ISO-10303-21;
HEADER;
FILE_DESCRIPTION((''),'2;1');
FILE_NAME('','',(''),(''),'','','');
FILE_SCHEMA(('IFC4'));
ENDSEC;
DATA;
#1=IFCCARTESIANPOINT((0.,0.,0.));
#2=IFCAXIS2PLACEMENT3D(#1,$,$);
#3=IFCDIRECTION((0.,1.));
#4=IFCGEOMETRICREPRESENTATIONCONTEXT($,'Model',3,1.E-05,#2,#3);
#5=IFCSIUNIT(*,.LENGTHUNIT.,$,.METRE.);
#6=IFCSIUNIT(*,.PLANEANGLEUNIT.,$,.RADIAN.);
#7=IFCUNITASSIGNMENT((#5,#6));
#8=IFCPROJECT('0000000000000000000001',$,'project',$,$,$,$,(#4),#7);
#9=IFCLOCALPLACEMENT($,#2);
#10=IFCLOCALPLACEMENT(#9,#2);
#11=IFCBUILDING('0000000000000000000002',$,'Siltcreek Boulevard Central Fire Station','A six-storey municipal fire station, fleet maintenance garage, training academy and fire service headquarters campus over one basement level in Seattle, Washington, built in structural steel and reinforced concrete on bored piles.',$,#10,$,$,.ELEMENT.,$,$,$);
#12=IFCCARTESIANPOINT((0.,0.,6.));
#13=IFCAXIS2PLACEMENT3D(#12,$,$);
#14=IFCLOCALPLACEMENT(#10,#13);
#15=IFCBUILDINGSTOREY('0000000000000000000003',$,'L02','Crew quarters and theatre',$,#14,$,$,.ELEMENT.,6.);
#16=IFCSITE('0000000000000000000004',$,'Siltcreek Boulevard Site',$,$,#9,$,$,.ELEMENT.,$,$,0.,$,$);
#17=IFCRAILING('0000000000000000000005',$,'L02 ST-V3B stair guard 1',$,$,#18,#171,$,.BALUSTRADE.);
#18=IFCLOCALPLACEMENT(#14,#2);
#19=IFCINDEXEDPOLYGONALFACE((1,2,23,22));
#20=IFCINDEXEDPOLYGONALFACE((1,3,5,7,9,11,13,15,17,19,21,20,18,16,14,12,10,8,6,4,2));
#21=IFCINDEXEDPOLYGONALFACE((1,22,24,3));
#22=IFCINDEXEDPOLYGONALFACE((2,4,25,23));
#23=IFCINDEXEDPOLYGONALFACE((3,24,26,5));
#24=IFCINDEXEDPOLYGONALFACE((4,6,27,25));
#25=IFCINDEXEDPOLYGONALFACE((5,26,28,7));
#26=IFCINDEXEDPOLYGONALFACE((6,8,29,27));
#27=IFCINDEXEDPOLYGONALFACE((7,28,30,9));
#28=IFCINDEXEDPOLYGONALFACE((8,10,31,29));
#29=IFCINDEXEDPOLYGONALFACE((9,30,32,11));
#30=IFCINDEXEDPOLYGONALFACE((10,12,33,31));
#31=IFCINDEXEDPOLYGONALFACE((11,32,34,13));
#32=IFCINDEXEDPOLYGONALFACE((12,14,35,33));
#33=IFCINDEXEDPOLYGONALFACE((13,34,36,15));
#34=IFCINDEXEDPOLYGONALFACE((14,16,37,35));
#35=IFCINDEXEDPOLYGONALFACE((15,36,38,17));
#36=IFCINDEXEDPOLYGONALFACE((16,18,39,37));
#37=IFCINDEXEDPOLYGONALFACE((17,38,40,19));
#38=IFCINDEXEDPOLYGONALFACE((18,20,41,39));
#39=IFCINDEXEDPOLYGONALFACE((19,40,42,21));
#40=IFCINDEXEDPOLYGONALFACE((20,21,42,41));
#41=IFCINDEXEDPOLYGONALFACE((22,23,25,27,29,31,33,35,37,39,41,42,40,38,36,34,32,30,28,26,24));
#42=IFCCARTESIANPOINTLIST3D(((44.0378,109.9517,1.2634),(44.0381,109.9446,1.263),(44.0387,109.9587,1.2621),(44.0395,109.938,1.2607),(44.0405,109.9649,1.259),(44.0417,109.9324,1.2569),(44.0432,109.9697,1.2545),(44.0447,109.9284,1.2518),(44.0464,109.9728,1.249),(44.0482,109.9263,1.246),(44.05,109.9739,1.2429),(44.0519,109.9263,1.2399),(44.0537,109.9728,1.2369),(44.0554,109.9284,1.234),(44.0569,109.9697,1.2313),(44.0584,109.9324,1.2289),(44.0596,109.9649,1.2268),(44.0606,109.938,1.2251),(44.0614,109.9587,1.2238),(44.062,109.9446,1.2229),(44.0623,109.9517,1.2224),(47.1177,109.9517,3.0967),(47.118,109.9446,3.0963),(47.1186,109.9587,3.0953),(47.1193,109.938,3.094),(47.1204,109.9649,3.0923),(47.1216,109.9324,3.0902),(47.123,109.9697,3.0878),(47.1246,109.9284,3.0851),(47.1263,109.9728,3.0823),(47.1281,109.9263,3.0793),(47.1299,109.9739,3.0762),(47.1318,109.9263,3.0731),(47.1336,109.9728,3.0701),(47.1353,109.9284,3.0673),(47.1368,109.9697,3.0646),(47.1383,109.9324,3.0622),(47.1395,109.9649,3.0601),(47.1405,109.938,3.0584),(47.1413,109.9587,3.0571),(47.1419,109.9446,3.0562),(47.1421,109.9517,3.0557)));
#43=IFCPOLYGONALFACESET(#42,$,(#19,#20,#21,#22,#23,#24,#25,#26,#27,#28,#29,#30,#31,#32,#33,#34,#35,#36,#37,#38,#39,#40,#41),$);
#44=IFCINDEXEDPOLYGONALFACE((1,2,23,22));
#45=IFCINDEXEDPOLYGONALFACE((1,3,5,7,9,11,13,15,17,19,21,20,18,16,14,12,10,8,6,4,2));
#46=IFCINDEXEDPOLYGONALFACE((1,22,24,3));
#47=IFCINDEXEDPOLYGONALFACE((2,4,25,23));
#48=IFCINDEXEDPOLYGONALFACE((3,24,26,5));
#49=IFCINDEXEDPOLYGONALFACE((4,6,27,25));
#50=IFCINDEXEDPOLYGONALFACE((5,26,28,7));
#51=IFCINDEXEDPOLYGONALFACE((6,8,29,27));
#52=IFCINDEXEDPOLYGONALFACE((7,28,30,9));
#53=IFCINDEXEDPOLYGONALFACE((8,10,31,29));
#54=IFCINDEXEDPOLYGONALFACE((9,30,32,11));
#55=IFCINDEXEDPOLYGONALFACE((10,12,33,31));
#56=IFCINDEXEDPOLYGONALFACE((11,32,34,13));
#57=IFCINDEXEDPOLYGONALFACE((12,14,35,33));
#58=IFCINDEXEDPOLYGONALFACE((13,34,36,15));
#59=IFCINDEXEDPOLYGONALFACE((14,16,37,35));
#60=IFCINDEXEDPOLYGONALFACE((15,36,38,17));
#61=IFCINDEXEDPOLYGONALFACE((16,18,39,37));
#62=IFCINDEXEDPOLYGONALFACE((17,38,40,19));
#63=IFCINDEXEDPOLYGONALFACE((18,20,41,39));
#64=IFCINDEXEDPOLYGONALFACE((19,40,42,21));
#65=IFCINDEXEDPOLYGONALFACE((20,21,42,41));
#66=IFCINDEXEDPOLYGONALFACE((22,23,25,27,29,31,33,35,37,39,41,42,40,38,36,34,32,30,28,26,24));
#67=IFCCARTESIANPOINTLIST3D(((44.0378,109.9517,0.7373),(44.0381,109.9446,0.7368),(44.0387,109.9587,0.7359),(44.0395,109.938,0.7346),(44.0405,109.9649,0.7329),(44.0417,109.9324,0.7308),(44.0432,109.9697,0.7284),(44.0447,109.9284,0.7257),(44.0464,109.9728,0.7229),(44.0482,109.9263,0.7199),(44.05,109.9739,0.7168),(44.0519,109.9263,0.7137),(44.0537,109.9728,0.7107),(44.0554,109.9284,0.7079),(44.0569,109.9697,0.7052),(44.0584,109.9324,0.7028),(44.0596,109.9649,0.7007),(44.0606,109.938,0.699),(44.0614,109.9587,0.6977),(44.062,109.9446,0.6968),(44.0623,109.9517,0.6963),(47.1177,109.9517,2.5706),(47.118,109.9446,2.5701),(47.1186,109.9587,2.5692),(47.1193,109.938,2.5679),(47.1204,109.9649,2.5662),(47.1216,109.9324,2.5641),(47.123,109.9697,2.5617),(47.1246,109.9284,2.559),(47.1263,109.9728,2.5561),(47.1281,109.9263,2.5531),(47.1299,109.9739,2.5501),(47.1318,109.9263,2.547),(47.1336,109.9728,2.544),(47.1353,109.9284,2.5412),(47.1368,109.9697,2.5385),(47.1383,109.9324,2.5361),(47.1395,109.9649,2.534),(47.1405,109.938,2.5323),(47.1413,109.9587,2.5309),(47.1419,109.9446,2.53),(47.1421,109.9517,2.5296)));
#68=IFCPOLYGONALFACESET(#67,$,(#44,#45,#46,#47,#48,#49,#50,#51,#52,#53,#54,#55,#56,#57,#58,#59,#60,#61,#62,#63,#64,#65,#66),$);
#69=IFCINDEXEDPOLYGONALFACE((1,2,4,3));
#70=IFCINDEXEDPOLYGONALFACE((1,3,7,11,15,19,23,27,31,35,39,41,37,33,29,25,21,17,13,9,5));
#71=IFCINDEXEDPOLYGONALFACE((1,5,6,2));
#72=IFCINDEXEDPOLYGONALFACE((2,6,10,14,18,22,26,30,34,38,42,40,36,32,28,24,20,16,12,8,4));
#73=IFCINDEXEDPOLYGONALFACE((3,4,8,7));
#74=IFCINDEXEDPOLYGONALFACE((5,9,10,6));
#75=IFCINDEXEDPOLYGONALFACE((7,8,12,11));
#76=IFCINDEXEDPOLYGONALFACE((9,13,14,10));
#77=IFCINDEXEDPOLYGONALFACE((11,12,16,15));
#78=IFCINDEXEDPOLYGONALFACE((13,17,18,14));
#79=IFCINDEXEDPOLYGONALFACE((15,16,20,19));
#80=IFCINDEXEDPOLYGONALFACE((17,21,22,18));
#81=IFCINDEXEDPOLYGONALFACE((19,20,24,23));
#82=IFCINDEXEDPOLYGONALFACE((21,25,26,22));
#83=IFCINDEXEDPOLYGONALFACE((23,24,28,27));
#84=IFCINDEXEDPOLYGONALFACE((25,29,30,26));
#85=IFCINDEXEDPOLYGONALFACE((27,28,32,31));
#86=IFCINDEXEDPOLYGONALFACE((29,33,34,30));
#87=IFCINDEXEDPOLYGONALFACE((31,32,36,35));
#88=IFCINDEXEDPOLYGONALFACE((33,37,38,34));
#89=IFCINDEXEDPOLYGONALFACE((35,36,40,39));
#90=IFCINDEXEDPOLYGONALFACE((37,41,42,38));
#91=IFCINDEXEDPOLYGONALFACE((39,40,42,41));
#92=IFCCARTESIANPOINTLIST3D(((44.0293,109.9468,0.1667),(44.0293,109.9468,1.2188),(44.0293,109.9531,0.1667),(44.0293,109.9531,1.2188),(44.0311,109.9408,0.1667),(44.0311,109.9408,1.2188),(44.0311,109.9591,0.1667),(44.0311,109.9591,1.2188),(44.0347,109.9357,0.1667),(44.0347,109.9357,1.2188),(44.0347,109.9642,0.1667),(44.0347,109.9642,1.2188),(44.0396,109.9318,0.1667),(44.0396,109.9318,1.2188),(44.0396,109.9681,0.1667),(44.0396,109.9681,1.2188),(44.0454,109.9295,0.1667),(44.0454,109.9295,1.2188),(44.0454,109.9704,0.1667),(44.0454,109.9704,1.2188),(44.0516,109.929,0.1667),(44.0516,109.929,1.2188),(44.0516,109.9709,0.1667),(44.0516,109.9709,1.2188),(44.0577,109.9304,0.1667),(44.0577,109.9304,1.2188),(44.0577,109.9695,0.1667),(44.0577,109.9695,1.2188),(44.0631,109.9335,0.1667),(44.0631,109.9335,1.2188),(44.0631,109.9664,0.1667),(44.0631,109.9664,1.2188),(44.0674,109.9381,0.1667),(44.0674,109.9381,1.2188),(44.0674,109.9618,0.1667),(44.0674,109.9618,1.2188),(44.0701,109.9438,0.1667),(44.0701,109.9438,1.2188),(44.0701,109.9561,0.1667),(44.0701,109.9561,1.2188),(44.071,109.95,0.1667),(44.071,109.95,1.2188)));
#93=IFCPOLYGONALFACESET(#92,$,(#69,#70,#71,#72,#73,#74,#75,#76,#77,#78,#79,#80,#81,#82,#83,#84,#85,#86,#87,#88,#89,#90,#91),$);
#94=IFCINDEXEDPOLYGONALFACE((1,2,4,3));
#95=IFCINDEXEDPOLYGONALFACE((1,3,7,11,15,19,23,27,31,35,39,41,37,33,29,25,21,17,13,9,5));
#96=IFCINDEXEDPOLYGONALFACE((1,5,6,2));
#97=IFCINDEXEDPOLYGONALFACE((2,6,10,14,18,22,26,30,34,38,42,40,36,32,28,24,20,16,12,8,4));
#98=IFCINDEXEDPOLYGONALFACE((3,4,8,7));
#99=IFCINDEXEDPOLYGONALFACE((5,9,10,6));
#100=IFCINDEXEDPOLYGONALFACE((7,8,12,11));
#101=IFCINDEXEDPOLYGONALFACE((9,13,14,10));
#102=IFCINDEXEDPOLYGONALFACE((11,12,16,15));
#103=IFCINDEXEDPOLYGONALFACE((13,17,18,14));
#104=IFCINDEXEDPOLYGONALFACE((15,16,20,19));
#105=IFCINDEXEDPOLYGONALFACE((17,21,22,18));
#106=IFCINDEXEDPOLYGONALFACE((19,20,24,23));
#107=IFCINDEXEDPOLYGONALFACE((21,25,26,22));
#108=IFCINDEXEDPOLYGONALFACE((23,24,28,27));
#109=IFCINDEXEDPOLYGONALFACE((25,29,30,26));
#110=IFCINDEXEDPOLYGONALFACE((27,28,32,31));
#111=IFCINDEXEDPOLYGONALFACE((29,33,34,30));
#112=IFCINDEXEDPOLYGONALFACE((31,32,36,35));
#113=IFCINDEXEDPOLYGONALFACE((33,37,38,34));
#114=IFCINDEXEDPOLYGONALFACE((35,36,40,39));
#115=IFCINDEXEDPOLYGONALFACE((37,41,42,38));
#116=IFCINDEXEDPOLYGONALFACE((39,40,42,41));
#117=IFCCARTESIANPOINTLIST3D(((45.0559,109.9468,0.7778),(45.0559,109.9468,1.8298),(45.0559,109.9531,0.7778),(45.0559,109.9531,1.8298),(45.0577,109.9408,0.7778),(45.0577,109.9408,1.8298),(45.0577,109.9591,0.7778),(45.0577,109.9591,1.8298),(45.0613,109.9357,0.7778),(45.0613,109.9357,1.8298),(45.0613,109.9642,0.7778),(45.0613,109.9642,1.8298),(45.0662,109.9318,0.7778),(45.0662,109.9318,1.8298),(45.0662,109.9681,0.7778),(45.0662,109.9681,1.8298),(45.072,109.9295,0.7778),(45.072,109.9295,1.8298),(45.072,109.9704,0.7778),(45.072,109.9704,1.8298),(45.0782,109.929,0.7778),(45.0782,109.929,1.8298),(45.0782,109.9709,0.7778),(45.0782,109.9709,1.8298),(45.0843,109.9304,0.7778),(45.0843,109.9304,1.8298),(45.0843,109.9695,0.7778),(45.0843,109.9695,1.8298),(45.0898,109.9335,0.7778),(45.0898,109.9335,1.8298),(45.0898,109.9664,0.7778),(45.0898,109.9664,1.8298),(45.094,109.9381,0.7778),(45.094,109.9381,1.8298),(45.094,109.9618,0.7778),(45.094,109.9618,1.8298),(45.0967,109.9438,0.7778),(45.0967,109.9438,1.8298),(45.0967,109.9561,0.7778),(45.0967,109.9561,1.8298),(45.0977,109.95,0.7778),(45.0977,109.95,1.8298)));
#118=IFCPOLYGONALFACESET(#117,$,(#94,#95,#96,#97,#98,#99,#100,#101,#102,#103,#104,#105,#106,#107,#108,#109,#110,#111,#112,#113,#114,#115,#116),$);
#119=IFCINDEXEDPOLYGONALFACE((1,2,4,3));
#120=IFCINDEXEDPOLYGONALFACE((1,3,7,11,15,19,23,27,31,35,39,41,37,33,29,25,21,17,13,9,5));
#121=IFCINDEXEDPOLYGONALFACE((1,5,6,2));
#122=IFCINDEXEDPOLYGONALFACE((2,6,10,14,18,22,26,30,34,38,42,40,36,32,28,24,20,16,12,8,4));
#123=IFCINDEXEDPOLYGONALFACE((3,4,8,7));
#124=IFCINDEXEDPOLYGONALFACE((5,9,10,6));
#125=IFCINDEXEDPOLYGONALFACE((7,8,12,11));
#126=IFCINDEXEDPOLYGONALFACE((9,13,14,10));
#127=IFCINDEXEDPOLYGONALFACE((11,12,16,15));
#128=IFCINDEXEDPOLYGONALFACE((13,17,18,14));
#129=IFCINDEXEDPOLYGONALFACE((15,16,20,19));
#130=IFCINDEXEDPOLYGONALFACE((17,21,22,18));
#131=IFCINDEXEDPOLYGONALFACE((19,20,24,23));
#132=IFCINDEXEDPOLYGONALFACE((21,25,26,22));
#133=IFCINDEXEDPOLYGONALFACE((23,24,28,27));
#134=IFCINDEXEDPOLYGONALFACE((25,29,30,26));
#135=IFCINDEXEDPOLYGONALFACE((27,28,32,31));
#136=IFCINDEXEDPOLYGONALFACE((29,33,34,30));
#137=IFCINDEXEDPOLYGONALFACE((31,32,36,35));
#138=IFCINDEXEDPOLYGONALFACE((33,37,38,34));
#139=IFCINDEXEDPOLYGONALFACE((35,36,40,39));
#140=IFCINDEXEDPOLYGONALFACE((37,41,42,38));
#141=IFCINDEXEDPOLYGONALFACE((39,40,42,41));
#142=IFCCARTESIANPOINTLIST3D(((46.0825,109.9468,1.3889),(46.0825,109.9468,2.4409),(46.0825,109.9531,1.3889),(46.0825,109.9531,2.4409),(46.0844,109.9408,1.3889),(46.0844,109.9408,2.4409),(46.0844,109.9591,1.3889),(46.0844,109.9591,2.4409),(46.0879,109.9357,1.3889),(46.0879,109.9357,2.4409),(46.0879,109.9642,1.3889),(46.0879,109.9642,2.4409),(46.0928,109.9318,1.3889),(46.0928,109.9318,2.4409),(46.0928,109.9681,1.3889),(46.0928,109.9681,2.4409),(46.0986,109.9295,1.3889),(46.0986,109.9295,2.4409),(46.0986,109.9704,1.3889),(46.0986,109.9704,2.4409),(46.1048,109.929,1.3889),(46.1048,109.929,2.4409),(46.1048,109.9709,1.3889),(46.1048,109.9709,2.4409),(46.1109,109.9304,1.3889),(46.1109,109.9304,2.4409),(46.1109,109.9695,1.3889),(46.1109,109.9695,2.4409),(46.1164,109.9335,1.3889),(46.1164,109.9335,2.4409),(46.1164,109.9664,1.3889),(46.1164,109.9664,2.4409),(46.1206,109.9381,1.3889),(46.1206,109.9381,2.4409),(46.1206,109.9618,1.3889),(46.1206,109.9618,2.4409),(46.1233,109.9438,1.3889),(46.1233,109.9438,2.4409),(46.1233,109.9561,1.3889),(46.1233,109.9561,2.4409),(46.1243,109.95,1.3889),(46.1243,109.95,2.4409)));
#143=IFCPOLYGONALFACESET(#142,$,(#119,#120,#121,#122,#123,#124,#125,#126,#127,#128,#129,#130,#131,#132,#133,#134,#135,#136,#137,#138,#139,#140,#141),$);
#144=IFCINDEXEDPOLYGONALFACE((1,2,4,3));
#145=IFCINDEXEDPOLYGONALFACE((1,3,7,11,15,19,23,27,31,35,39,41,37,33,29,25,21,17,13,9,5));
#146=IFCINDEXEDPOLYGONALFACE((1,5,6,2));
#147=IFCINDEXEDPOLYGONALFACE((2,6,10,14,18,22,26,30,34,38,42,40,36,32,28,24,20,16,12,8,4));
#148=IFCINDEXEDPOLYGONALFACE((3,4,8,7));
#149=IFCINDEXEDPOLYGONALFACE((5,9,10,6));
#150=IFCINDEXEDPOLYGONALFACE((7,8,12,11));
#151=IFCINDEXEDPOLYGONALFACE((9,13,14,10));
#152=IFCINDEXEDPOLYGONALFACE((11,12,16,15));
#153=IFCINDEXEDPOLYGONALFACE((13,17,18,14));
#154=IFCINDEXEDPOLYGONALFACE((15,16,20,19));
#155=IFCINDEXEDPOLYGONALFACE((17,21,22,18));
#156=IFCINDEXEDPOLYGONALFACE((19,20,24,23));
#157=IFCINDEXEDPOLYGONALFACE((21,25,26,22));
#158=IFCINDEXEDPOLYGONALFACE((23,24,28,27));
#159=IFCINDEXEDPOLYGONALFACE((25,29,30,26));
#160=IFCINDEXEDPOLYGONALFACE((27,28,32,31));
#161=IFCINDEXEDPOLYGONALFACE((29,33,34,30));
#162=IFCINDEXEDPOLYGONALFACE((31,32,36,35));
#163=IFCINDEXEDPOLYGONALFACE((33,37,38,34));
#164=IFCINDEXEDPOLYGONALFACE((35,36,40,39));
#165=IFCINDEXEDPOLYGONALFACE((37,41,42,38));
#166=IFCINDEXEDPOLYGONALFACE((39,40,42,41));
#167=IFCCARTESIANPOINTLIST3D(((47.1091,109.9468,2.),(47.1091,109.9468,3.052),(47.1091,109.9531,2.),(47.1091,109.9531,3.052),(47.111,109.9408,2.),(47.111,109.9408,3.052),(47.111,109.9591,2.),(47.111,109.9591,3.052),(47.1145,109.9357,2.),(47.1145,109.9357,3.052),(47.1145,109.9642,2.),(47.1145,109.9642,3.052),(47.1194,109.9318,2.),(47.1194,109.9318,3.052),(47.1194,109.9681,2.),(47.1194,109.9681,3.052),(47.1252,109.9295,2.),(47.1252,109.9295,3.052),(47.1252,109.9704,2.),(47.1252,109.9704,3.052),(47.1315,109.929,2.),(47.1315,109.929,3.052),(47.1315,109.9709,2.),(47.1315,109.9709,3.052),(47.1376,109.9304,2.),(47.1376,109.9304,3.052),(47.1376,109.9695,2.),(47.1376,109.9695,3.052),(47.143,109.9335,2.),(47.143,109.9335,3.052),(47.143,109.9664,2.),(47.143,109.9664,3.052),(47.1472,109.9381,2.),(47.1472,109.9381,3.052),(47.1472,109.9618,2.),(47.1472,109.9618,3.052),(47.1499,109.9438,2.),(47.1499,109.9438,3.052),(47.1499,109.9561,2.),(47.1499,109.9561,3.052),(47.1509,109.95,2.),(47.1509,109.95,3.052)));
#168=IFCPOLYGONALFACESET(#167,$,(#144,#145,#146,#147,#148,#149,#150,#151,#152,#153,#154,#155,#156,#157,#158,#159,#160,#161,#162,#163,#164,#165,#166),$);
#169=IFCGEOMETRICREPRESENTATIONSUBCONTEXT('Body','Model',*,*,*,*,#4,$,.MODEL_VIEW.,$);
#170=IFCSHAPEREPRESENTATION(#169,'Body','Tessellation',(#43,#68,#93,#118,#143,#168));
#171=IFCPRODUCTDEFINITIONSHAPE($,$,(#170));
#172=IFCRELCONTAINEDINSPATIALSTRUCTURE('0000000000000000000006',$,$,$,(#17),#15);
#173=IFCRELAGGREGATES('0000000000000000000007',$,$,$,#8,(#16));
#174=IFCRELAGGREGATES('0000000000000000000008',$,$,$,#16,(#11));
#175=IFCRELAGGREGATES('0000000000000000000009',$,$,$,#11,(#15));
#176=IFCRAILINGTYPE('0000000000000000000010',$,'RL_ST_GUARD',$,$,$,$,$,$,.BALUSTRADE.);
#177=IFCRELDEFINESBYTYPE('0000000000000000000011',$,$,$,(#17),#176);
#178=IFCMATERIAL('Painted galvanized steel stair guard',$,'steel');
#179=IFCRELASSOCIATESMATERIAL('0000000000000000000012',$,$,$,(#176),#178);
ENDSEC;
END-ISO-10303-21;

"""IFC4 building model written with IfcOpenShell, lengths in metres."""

from ifc_helpers import new_model, si_unit, direction, frame, origin, origin_2d, place, context, subcontext, project, spatial, circle, extrude, material, type_object, element, save


model = new_model("IFC4")

# Units and contexts
model_context = context("Model", 3, precision=1e-05, world=origin(), true_north=direction((0.0, 1.0)))
body_context = subcontext(model_context, "Body", "Model", "MODEL_VIEW")
ifc_project = project(units=[si_unit("LENGTHUNIT", "METRE"), si_unit("PLANEANGLEUNIT", "RADIAN")], contexts=[model_context])

# Site, building, storey
site_placement = place(None, origin())
site = spatial("IfcSite", under=ifc_project, at=site_placement, Name="Siltcreek Boulevard Site", CompositionType="ELEMENT", RefElevation=0.0)
building_placement = place(site_placement, origin())
building = spatial("IfcBuilding", under=site, at=building_placement, Name="Siltcreek Boulevard Central Fire Station", Description="A six-storey municipal fire station, fleet maintenance garage, training academy and fire service headquarters campus over one basement level in Seattle, Washington, built in structural steel and reinforced concrete on bored piles.", CompositionType="ELEMENT")
storey_placement = place(building_placement, frame((0.0, 0.0, 6.0)))
storey = spatial("IfcBuildingStorey", under=building, at=storey_placement, Name="L02", Description="Crew quarters and theatre", CompositionType="ELEMENT", Elevation=6.0)

# Railing
ifc_material_1 = material(Name="Painted galvanized steel stair guard", Category="steel")
railing_type_1 = type_object("IfcRailingType", Name="RL_ST_GUARD", PredefinedType="BALUSTRADE", material=ifc_material_1)
railing_1_placement = place(storey_placement, frame((44.05, 109.95, 0.1667)))
element("IfcRailing", 1, at=railing_1_placement, inside=storey, type_object=railing_type_1, Name="L02 ST-V3B stair guard 1", PredefinedType="BALUSTRADE", context=body_context, shape_type="SweptSolid", body=[
    extrude(circle(Radius=0.0239, at=origin_2d()), frame((0.0, 0.0, 1.0762), z_axis=(0.859291, 0.0, 0.511487), x_axis=(0.0, 1.0, 0.0)), (0.0, 0.0, 1.0), 3.5842),
    extrude(circle(Radius=0.0239, at=origin_2d()), frame((0.0, 0.0, 0.55), z_axis=(0.859291, 0.0, 0.511487), x_axis=(0.0, 1.0, 0.0)), (0.0, 0.0, 1.0), 3.5842),
    extrude(circle(Radius=0.021, at=origin_2d()), origin(), (0.0, 0.0, 1.0), 1.052),
    extrude(circle(Radius=0.021, at=origin_2d()), frame((1.0266, 0.0, 0.6111)), (0.0, 0.0, 1.0), 1.052),
    extrude(circle(Radius=0.021, at=origin_2d()), frame((2.0532, 0.0, 1.2222)), (0.0, 0.0, 1.0), 1.052),
    extrude(circle(Radius=0.021, at=origin_2d()), frame((3.0798, 0.0, 1.8333)), (0.0, 0.0, 1.0), 1.052),
])

save(model, "model.ifc")
